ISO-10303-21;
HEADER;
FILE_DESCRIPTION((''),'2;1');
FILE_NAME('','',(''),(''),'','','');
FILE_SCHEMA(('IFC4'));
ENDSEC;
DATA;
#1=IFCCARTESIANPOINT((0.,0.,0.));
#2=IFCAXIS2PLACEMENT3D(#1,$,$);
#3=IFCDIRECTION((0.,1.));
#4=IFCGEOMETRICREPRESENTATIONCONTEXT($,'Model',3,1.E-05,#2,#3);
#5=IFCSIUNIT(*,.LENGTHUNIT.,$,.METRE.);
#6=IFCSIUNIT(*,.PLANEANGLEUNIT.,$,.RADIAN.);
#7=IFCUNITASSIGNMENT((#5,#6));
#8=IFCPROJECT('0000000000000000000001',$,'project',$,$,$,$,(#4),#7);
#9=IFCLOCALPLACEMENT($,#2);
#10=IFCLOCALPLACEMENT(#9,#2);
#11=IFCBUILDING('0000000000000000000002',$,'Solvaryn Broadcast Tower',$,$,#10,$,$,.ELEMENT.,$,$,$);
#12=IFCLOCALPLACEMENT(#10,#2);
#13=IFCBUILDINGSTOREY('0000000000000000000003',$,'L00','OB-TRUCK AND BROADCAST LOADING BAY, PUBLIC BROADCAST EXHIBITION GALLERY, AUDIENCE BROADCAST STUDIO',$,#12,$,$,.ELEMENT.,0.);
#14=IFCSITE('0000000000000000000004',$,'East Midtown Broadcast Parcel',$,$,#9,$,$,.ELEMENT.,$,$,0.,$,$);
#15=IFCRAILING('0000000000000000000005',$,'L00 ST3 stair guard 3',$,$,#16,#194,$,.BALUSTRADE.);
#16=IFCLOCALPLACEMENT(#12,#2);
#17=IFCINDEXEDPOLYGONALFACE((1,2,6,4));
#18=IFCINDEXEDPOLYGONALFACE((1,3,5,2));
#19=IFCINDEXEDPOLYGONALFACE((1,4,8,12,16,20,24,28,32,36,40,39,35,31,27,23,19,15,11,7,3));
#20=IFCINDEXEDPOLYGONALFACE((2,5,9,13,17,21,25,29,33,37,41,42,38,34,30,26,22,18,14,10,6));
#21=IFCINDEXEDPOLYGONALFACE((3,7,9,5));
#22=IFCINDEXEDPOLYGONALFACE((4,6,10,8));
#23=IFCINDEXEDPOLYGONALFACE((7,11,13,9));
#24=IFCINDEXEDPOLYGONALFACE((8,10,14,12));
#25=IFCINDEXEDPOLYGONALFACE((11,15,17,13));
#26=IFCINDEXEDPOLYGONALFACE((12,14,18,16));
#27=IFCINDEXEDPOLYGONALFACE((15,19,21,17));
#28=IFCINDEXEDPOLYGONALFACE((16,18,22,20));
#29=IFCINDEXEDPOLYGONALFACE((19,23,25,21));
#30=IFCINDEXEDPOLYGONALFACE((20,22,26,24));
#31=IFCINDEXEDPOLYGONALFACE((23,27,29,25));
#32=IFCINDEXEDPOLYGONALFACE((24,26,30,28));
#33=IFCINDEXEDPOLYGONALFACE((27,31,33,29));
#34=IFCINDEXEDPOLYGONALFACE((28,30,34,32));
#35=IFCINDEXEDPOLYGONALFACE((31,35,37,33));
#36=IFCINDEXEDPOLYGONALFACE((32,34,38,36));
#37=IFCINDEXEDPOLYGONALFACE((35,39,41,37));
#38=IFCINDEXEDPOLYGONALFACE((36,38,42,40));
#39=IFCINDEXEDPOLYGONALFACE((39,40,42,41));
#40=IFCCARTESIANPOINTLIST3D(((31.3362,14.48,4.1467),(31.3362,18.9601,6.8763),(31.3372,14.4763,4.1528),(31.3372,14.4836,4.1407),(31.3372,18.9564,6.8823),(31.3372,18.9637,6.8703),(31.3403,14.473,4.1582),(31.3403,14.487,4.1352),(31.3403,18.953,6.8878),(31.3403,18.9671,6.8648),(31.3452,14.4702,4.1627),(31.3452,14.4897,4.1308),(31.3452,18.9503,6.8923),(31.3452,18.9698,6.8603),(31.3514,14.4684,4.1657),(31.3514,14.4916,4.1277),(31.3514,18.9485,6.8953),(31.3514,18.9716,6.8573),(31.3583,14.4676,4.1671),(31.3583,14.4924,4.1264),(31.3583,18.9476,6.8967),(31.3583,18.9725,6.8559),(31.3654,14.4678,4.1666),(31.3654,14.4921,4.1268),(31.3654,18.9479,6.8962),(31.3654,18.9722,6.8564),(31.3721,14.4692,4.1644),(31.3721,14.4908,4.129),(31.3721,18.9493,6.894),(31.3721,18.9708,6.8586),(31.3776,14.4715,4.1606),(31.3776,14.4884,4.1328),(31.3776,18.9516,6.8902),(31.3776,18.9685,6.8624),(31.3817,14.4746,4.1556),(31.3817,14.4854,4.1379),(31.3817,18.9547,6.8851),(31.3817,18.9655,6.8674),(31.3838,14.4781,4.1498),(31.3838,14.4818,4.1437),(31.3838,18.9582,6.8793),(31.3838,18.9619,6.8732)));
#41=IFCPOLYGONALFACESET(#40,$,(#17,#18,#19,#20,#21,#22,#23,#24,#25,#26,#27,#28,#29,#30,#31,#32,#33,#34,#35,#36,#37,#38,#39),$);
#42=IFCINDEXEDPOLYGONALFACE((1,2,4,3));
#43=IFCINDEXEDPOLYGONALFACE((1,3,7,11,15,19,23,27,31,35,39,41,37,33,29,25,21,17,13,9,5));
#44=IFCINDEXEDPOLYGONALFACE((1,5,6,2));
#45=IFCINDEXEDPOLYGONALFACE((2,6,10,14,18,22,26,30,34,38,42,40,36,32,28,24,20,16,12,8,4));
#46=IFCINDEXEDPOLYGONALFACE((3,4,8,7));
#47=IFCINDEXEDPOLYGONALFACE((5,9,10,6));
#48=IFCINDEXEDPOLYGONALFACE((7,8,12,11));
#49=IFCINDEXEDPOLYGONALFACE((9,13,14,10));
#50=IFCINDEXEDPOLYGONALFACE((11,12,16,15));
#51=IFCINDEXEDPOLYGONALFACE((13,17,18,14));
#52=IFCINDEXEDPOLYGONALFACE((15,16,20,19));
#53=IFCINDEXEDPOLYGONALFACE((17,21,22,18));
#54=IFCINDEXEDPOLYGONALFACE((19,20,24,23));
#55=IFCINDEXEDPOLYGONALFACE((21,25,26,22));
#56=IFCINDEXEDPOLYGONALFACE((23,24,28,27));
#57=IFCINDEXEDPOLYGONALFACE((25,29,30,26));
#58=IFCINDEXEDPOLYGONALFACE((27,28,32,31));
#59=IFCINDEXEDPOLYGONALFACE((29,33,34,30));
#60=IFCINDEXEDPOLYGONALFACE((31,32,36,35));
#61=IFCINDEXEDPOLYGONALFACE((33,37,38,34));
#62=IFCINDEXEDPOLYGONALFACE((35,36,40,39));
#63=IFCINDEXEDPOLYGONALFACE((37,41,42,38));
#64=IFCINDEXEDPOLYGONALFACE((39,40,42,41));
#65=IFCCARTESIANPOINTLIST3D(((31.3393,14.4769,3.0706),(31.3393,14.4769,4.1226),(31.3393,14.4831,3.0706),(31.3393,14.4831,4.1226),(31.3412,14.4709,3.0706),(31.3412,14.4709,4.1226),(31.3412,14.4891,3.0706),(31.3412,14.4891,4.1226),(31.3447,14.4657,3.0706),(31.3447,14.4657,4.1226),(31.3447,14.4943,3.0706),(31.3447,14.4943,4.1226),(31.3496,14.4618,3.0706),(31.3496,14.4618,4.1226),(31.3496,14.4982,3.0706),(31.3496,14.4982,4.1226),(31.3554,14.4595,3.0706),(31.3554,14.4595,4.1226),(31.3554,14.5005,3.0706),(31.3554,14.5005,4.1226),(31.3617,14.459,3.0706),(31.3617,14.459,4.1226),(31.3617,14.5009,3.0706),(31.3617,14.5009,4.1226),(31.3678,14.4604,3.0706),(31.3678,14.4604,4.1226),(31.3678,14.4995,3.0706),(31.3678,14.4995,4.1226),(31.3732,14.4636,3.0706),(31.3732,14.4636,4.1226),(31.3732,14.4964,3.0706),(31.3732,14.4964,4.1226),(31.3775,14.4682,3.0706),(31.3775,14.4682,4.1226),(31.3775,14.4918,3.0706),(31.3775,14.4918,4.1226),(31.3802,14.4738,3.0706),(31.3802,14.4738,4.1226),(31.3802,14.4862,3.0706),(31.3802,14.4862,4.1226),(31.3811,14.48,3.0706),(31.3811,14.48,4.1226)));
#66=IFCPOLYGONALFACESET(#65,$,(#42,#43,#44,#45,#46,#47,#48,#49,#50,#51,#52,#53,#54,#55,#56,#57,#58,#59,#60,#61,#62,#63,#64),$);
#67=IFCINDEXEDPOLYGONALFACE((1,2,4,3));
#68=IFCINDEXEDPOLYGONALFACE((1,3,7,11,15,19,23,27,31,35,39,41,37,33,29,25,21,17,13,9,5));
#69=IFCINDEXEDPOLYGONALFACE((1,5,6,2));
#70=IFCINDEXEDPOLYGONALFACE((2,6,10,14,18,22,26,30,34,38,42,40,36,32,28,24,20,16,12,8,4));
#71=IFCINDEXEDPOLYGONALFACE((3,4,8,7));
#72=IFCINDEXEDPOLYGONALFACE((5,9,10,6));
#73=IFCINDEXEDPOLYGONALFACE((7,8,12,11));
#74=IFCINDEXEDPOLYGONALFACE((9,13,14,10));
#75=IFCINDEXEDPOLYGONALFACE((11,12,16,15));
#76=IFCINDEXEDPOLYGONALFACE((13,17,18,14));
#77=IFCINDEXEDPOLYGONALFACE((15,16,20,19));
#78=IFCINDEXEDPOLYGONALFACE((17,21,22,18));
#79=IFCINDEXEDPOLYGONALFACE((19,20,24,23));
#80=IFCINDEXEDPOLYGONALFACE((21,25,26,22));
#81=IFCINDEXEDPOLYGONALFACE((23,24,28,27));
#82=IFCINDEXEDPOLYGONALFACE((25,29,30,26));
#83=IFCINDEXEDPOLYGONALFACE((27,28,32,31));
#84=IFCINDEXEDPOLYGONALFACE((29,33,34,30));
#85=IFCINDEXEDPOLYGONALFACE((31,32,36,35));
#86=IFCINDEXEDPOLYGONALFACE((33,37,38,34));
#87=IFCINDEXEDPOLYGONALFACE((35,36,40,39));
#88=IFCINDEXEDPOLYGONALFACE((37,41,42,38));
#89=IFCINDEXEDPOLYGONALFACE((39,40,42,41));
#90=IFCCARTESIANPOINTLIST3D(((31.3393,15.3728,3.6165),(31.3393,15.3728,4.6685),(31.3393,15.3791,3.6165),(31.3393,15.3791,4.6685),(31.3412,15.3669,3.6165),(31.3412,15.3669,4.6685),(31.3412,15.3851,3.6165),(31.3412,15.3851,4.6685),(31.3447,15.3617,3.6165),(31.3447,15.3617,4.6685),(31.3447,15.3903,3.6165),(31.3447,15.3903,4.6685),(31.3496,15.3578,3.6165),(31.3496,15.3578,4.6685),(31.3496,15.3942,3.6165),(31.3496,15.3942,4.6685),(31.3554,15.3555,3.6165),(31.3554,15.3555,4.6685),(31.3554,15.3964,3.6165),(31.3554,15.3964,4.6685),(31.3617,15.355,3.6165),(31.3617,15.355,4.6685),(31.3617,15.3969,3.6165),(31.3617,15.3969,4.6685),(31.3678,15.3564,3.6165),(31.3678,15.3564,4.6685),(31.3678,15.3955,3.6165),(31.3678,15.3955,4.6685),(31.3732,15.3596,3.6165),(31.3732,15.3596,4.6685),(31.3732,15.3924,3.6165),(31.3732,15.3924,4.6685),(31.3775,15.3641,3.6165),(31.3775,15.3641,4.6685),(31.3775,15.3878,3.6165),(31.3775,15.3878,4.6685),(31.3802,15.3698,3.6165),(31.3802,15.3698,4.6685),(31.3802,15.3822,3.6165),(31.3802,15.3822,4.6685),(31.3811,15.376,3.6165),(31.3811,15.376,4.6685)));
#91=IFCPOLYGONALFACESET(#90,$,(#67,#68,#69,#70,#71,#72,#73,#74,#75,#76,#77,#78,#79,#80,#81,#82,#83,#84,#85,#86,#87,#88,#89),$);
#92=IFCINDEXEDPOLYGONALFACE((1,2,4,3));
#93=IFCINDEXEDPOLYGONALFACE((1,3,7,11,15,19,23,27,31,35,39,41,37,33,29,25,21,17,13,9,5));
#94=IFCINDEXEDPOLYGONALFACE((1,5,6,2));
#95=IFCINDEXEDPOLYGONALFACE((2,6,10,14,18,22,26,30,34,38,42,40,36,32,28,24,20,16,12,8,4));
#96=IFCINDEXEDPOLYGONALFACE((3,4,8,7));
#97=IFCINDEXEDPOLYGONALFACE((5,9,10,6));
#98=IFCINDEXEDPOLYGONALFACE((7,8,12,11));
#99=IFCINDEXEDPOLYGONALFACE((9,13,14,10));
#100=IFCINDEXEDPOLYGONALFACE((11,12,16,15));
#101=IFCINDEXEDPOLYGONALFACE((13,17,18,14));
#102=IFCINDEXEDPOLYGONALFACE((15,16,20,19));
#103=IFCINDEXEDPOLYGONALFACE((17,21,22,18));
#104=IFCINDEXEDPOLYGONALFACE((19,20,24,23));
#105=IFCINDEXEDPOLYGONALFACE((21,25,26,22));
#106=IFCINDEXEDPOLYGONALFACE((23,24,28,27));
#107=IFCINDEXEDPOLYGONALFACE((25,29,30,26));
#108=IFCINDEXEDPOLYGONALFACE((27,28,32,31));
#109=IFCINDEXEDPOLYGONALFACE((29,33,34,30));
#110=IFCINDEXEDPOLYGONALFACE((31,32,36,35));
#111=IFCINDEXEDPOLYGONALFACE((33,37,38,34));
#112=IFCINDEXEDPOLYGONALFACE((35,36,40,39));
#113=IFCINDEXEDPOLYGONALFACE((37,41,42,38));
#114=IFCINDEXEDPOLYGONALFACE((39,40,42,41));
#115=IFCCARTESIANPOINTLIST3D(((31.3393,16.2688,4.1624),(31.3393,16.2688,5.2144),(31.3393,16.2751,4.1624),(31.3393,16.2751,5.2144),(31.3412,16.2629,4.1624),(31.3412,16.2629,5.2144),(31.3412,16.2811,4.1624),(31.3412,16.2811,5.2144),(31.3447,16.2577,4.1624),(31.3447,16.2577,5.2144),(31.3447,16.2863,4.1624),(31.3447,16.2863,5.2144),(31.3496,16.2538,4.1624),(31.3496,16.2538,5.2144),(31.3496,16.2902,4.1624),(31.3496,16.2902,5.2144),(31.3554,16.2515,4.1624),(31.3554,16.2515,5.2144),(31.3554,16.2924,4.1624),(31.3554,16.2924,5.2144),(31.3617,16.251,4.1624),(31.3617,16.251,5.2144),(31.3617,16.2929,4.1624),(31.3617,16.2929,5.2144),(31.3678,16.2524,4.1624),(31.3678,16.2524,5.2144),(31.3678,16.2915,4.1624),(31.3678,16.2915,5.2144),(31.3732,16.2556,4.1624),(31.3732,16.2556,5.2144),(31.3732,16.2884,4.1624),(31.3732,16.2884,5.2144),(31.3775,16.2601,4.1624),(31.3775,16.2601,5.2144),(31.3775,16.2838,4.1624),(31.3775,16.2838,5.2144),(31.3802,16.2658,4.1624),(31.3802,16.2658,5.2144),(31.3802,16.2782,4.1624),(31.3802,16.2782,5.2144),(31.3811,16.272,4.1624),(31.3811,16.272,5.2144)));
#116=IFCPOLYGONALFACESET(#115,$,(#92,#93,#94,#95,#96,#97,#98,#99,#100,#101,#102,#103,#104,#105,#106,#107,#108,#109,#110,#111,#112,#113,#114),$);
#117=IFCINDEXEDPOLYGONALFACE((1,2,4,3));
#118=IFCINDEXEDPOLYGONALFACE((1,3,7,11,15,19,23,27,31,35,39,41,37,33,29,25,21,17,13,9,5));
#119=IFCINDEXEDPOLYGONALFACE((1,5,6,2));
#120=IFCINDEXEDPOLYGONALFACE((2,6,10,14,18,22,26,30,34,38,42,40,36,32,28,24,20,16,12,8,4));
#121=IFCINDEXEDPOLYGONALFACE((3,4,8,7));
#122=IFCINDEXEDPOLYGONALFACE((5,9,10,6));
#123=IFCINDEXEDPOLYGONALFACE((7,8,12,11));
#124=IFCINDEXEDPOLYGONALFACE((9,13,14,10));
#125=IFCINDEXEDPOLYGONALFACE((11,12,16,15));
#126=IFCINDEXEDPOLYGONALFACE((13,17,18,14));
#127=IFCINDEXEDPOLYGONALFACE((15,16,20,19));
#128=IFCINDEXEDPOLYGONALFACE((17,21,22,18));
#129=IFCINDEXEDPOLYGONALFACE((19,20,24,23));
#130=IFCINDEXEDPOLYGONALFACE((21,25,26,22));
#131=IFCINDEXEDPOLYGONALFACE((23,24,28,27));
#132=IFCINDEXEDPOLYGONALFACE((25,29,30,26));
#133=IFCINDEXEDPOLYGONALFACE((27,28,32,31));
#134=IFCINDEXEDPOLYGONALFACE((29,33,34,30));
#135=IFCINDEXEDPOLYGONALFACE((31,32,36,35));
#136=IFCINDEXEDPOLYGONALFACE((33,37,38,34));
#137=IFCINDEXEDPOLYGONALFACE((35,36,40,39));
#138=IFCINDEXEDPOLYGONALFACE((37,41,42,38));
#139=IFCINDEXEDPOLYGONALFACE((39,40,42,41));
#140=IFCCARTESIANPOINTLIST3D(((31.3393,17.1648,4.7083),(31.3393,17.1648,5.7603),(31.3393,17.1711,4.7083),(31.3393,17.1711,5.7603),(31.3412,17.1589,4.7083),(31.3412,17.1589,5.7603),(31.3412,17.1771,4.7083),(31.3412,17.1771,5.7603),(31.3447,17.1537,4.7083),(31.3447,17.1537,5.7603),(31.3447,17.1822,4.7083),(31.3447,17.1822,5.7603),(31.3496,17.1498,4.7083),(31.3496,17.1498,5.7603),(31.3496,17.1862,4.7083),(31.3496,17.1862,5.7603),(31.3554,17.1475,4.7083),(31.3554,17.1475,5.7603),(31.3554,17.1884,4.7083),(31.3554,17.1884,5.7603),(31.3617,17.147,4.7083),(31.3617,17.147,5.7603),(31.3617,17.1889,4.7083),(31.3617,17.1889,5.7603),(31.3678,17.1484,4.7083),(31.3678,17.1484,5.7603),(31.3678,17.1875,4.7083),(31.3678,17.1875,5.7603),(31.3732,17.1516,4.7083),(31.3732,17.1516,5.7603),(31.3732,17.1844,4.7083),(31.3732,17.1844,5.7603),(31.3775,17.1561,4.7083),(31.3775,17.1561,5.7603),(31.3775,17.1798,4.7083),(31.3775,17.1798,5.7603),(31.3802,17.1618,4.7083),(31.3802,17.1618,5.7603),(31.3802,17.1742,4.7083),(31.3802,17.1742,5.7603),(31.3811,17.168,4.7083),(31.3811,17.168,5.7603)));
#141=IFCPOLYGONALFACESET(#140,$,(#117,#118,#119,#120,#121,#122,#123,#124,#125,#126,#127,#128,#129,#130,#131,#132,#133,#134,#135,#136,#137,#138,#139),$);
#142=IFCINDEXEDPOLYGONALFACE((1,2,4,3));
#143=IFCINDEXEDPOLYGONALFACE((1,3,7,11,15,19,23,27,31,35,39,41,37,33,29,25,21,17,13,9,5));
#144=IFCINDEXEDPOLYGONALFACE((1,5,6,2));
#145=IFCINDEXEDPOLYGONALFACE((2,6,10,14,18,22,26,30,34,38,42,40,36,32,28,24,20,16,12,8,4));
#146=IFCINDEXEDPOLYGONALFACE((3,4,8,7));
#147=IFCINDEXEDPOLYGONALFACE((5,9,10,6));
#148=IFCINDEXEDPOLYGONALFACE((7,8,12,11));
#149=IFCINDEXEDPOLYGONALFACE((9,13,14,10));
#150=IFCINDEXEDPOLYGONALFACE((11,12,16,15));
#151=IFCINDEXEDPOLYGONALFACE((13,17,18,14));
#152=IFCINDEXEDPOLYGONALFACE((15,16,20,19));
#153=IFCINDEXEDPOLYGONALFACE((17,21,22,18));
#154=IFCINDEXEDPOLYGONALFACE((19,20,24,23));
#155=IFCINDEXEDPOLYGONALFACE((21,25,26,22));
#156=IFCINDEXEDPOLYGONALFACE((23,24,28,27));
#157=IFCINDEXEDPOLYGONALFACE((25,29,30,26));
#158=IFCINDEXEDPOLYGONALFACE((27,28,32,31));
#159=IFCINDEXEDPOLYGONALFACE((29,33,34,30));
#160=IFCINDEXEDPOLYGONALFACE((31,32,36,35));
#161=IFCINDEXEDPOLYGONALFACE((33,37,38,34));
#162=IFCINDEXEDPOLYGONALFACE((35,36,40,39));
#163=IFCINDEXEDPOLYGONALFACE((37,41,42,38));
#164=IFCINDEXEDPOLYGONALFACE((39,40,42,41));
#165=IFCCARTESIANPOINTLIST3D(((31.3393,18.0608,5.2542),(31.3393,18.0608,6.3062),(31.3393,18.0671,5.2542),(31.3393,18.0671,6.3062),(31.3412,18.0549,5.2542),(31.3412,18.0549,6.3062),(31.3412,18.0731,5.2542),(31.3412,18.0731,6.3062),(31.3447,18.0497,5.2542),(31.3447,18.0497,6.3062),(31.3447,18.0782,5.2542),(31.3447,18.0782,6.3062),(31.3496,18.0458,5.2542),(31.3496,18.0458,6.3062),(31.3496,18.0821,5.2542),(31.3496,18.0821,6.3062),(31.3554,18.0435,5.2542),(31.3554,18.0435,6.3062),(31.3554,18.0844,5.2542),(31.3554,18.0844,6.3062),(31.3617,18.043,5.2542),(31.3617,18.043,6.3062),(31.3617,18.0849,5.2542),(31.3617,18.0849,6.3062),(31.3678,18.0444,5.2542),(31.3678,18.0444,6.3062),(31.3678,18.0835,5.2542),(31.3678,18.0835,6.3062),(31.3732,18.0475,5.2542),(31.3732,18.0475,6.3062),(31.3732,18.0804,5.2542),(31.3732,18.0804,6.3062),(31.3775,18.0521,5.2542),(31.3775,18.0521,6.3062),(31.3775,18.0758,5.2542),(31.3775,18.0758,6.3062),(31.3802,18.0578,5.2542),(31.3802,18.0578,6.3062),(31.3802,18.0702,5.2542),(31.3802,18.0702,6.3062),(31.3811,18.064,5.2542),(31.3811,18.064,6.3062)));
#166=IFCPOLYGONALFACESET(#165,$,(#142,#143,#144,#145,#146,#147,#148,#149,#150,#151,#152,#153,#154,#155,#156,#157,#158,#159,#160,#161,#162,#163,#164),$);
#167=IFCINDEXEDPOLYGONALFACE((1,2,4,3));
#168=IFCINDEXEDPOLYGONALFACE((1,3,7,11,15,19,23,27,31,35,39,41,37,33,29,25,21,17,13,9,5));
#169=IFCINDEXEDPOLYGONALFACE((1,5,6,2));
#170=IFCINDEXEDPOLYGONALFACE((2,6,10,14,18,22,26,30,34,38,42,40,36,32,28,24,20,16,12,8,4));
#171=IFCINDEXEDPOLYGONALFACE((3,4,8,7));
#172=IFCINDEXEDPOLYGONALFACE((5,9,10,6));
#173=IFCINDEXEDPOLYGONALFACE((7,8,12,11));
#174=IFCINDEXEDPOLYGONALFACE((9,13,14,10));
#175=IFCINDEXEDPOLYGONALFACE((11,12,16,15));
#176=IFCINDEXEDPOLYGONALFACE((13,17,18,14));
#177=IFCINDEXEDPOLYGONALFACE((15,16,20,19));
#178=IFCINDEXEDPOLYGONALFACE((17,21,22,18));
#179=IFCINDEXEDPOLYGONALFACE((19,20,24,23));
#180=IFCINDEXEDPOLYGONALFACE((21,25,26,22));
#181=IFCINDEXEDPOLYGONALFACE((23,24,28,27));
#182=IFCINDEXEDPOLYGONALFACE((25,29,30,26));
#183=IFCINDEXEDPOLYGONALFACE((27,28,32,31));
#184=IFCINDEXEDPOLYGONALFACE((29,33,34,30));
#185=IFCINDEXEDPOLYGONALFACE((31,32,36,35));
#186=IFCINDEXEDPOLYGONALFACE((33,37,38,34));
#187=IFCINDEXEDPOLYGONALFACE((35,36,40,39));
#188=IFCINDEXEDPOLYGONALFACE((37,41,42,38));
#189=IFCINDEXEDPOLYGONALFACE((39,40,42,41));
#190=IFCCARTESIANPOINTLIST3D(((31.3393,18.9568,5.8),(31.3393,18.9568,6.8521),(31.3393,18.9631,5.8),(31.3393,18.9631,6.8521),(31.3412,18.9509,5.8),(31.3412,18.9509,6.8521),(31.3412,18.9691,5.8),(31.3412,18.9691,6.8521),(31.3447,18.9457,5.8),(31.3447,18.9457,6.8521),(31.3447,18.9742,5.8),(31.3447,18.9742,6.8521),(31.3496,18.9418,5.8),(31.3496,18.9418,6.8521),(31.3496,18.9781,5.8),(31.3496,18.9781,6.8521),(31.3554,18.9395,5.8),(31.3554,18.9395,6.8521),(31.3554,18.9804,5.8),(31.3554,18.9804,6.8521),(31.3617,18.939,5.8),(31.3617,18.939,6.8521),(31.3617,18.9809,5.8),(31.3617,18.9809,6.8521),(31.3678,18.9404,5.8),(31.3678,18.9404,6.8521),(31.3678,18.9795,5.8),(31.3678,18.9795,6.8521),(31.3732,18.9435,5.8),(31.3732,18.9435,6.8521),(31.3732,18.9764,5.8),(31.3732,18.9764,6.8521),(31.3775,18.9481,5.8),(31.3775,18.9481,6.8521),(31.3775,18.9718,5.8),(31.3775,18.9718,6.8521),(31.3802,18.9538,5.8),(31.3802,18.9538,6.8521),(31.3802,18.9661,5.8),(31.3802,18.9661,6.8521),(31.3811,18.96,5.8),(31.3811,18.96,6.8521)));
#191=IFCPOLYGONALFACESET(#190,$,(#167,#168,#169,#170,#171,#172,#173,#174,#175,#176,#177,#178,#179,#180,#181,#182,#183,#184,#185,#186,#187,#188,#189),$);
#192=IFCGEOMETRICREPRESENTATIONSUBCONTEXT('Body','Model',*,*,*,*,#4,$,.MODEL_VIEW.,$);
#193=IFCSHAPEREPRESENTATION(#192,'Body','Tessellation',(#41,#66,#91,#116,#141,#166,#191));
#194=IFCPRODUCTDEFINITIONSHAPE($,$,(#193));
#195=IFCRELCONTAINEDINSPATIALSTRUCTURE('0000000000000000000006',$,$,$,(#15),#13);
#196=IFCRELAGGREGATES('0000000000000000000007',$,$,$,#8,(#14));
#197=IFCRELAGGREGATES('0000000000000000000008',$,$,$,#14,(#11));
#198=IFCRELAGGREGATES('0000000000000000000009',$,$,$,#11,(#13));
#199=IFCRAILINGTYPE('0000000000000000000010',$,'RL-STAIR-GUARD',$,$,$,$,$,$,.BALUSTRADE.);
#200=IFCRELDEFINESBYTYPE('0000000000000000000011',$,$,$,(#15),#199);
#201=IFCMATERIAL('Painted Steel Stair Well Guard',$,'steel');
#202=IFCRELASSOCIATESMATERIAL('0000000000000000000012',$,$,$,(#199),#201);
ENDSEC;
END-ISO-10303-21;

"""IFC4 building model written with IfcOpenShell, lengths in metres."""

from ifc_helpers import new_model, si_unit, direction, frame, origin, origin_2d, place, context, subcontext, project, spatial, circle, extrude, material, type_object, element, save


model = new_model("IFC4")

# Units and contexts
model_context = context("Model", 3, precision=1e-05, world=origin(), true_north=direction((0.0, 1.0)))
body_context = subcontext(model_context, "Body", "Model", "MODEL_VIEW")
ifc_project = project(units=[si_unit("LENGTHUNIT", "METRE"), si_unit("PLANEANGLEUNIT", "RADIAN")], contexts=[model_context])

# Site, building, storey
site_placement = place(None, origin())
site = spatial("IfcSite", under=ifc_project, at=site_placement, Name="East Midtown Broadcast Parcel", CompositionType="ELEMENT", RefElevation=0.0)
building_placement = place(site_placement, origin())
building = spatial("IfcBuilding", under=site, at=building_placement, Name="Solvaryn Broadcast Tower", CompositionType="ELEMENT")
storey_placement = place(building_placement, origin())
storey = spatial("IfcBuildingStorey", under=building, at=storey_placement, Name="L00", Description="OB-TRUCK AND BROADCAST LOADING BAY, PUBLIC BROADCAST EXHIBITION GALLERY, AUDIENCE BROADCAST STUDIO", CompositionType="ELEMENT", Elevation=0.0)

# Railing
ifc_material_1 = material(Name="Painted Steel Stair Well Guard", Category="steel")
railing_type_1 = type_object("IfcRailingType", Name="RL-STAIR-GUARD", PredefinedType="BALUSTRADE", material=ifc_material_1)
railing_1_placement = place(storey_placement, frame((31.3601, 14.48, 3.0706)))
element("IfcRailing", 1, at=railing_1_placement, inside=storey, type_object=railing_type_1, Name="L00 ST3 stair guard 3", PredefinedType="BALUSTRADE", context=body_context, shape_type="SweptSolid", body=[
    extrude(circle(Radius=0.0239, at=origin_2d()), frame((0.0, 0.0, 1.0762), z_axis=(0.0, 0.853983, 0.520301), x_axis=(-1.0, 0.0, 0.0)), (0.0, 0.0, 1.0), 5.2461),
    extrude(circle(Radius=0.021, at=origin_2d()), origin(), (0.0, 0.0, 1.0), 1.052),
    extrude(circle(Radius=0.021, at=origin_2d()), frame((0.0, 0.896, 0.5459)), (0.0, 0.0, 1.0), 1.052),
    extrude(circle(Radius=0.021, at=origin_2d()), frame((0.0, 1.792, 1.0918)), (0.0, 0.0, 1.0), 1.052),
    extrude(circle(Radius=0.021, at=origin_2d()), frame((0.0, 2.688, 1.6377)), (0.0, 0.0, 1.0), 1.052),
    extrude(circle(Radius=0.021, at=origin_2d()), frame((0.0, 3.584, 2.1836)), (0.0, 0.0, 1.0), 1.052),
    extrude(circle(Radius=0.021, at=origin_2d()), frame((0.0, 4.48, 2.7295)), (0.0, 0.0, 1.0), 1.052),
])

save(model, "model.ifc")
